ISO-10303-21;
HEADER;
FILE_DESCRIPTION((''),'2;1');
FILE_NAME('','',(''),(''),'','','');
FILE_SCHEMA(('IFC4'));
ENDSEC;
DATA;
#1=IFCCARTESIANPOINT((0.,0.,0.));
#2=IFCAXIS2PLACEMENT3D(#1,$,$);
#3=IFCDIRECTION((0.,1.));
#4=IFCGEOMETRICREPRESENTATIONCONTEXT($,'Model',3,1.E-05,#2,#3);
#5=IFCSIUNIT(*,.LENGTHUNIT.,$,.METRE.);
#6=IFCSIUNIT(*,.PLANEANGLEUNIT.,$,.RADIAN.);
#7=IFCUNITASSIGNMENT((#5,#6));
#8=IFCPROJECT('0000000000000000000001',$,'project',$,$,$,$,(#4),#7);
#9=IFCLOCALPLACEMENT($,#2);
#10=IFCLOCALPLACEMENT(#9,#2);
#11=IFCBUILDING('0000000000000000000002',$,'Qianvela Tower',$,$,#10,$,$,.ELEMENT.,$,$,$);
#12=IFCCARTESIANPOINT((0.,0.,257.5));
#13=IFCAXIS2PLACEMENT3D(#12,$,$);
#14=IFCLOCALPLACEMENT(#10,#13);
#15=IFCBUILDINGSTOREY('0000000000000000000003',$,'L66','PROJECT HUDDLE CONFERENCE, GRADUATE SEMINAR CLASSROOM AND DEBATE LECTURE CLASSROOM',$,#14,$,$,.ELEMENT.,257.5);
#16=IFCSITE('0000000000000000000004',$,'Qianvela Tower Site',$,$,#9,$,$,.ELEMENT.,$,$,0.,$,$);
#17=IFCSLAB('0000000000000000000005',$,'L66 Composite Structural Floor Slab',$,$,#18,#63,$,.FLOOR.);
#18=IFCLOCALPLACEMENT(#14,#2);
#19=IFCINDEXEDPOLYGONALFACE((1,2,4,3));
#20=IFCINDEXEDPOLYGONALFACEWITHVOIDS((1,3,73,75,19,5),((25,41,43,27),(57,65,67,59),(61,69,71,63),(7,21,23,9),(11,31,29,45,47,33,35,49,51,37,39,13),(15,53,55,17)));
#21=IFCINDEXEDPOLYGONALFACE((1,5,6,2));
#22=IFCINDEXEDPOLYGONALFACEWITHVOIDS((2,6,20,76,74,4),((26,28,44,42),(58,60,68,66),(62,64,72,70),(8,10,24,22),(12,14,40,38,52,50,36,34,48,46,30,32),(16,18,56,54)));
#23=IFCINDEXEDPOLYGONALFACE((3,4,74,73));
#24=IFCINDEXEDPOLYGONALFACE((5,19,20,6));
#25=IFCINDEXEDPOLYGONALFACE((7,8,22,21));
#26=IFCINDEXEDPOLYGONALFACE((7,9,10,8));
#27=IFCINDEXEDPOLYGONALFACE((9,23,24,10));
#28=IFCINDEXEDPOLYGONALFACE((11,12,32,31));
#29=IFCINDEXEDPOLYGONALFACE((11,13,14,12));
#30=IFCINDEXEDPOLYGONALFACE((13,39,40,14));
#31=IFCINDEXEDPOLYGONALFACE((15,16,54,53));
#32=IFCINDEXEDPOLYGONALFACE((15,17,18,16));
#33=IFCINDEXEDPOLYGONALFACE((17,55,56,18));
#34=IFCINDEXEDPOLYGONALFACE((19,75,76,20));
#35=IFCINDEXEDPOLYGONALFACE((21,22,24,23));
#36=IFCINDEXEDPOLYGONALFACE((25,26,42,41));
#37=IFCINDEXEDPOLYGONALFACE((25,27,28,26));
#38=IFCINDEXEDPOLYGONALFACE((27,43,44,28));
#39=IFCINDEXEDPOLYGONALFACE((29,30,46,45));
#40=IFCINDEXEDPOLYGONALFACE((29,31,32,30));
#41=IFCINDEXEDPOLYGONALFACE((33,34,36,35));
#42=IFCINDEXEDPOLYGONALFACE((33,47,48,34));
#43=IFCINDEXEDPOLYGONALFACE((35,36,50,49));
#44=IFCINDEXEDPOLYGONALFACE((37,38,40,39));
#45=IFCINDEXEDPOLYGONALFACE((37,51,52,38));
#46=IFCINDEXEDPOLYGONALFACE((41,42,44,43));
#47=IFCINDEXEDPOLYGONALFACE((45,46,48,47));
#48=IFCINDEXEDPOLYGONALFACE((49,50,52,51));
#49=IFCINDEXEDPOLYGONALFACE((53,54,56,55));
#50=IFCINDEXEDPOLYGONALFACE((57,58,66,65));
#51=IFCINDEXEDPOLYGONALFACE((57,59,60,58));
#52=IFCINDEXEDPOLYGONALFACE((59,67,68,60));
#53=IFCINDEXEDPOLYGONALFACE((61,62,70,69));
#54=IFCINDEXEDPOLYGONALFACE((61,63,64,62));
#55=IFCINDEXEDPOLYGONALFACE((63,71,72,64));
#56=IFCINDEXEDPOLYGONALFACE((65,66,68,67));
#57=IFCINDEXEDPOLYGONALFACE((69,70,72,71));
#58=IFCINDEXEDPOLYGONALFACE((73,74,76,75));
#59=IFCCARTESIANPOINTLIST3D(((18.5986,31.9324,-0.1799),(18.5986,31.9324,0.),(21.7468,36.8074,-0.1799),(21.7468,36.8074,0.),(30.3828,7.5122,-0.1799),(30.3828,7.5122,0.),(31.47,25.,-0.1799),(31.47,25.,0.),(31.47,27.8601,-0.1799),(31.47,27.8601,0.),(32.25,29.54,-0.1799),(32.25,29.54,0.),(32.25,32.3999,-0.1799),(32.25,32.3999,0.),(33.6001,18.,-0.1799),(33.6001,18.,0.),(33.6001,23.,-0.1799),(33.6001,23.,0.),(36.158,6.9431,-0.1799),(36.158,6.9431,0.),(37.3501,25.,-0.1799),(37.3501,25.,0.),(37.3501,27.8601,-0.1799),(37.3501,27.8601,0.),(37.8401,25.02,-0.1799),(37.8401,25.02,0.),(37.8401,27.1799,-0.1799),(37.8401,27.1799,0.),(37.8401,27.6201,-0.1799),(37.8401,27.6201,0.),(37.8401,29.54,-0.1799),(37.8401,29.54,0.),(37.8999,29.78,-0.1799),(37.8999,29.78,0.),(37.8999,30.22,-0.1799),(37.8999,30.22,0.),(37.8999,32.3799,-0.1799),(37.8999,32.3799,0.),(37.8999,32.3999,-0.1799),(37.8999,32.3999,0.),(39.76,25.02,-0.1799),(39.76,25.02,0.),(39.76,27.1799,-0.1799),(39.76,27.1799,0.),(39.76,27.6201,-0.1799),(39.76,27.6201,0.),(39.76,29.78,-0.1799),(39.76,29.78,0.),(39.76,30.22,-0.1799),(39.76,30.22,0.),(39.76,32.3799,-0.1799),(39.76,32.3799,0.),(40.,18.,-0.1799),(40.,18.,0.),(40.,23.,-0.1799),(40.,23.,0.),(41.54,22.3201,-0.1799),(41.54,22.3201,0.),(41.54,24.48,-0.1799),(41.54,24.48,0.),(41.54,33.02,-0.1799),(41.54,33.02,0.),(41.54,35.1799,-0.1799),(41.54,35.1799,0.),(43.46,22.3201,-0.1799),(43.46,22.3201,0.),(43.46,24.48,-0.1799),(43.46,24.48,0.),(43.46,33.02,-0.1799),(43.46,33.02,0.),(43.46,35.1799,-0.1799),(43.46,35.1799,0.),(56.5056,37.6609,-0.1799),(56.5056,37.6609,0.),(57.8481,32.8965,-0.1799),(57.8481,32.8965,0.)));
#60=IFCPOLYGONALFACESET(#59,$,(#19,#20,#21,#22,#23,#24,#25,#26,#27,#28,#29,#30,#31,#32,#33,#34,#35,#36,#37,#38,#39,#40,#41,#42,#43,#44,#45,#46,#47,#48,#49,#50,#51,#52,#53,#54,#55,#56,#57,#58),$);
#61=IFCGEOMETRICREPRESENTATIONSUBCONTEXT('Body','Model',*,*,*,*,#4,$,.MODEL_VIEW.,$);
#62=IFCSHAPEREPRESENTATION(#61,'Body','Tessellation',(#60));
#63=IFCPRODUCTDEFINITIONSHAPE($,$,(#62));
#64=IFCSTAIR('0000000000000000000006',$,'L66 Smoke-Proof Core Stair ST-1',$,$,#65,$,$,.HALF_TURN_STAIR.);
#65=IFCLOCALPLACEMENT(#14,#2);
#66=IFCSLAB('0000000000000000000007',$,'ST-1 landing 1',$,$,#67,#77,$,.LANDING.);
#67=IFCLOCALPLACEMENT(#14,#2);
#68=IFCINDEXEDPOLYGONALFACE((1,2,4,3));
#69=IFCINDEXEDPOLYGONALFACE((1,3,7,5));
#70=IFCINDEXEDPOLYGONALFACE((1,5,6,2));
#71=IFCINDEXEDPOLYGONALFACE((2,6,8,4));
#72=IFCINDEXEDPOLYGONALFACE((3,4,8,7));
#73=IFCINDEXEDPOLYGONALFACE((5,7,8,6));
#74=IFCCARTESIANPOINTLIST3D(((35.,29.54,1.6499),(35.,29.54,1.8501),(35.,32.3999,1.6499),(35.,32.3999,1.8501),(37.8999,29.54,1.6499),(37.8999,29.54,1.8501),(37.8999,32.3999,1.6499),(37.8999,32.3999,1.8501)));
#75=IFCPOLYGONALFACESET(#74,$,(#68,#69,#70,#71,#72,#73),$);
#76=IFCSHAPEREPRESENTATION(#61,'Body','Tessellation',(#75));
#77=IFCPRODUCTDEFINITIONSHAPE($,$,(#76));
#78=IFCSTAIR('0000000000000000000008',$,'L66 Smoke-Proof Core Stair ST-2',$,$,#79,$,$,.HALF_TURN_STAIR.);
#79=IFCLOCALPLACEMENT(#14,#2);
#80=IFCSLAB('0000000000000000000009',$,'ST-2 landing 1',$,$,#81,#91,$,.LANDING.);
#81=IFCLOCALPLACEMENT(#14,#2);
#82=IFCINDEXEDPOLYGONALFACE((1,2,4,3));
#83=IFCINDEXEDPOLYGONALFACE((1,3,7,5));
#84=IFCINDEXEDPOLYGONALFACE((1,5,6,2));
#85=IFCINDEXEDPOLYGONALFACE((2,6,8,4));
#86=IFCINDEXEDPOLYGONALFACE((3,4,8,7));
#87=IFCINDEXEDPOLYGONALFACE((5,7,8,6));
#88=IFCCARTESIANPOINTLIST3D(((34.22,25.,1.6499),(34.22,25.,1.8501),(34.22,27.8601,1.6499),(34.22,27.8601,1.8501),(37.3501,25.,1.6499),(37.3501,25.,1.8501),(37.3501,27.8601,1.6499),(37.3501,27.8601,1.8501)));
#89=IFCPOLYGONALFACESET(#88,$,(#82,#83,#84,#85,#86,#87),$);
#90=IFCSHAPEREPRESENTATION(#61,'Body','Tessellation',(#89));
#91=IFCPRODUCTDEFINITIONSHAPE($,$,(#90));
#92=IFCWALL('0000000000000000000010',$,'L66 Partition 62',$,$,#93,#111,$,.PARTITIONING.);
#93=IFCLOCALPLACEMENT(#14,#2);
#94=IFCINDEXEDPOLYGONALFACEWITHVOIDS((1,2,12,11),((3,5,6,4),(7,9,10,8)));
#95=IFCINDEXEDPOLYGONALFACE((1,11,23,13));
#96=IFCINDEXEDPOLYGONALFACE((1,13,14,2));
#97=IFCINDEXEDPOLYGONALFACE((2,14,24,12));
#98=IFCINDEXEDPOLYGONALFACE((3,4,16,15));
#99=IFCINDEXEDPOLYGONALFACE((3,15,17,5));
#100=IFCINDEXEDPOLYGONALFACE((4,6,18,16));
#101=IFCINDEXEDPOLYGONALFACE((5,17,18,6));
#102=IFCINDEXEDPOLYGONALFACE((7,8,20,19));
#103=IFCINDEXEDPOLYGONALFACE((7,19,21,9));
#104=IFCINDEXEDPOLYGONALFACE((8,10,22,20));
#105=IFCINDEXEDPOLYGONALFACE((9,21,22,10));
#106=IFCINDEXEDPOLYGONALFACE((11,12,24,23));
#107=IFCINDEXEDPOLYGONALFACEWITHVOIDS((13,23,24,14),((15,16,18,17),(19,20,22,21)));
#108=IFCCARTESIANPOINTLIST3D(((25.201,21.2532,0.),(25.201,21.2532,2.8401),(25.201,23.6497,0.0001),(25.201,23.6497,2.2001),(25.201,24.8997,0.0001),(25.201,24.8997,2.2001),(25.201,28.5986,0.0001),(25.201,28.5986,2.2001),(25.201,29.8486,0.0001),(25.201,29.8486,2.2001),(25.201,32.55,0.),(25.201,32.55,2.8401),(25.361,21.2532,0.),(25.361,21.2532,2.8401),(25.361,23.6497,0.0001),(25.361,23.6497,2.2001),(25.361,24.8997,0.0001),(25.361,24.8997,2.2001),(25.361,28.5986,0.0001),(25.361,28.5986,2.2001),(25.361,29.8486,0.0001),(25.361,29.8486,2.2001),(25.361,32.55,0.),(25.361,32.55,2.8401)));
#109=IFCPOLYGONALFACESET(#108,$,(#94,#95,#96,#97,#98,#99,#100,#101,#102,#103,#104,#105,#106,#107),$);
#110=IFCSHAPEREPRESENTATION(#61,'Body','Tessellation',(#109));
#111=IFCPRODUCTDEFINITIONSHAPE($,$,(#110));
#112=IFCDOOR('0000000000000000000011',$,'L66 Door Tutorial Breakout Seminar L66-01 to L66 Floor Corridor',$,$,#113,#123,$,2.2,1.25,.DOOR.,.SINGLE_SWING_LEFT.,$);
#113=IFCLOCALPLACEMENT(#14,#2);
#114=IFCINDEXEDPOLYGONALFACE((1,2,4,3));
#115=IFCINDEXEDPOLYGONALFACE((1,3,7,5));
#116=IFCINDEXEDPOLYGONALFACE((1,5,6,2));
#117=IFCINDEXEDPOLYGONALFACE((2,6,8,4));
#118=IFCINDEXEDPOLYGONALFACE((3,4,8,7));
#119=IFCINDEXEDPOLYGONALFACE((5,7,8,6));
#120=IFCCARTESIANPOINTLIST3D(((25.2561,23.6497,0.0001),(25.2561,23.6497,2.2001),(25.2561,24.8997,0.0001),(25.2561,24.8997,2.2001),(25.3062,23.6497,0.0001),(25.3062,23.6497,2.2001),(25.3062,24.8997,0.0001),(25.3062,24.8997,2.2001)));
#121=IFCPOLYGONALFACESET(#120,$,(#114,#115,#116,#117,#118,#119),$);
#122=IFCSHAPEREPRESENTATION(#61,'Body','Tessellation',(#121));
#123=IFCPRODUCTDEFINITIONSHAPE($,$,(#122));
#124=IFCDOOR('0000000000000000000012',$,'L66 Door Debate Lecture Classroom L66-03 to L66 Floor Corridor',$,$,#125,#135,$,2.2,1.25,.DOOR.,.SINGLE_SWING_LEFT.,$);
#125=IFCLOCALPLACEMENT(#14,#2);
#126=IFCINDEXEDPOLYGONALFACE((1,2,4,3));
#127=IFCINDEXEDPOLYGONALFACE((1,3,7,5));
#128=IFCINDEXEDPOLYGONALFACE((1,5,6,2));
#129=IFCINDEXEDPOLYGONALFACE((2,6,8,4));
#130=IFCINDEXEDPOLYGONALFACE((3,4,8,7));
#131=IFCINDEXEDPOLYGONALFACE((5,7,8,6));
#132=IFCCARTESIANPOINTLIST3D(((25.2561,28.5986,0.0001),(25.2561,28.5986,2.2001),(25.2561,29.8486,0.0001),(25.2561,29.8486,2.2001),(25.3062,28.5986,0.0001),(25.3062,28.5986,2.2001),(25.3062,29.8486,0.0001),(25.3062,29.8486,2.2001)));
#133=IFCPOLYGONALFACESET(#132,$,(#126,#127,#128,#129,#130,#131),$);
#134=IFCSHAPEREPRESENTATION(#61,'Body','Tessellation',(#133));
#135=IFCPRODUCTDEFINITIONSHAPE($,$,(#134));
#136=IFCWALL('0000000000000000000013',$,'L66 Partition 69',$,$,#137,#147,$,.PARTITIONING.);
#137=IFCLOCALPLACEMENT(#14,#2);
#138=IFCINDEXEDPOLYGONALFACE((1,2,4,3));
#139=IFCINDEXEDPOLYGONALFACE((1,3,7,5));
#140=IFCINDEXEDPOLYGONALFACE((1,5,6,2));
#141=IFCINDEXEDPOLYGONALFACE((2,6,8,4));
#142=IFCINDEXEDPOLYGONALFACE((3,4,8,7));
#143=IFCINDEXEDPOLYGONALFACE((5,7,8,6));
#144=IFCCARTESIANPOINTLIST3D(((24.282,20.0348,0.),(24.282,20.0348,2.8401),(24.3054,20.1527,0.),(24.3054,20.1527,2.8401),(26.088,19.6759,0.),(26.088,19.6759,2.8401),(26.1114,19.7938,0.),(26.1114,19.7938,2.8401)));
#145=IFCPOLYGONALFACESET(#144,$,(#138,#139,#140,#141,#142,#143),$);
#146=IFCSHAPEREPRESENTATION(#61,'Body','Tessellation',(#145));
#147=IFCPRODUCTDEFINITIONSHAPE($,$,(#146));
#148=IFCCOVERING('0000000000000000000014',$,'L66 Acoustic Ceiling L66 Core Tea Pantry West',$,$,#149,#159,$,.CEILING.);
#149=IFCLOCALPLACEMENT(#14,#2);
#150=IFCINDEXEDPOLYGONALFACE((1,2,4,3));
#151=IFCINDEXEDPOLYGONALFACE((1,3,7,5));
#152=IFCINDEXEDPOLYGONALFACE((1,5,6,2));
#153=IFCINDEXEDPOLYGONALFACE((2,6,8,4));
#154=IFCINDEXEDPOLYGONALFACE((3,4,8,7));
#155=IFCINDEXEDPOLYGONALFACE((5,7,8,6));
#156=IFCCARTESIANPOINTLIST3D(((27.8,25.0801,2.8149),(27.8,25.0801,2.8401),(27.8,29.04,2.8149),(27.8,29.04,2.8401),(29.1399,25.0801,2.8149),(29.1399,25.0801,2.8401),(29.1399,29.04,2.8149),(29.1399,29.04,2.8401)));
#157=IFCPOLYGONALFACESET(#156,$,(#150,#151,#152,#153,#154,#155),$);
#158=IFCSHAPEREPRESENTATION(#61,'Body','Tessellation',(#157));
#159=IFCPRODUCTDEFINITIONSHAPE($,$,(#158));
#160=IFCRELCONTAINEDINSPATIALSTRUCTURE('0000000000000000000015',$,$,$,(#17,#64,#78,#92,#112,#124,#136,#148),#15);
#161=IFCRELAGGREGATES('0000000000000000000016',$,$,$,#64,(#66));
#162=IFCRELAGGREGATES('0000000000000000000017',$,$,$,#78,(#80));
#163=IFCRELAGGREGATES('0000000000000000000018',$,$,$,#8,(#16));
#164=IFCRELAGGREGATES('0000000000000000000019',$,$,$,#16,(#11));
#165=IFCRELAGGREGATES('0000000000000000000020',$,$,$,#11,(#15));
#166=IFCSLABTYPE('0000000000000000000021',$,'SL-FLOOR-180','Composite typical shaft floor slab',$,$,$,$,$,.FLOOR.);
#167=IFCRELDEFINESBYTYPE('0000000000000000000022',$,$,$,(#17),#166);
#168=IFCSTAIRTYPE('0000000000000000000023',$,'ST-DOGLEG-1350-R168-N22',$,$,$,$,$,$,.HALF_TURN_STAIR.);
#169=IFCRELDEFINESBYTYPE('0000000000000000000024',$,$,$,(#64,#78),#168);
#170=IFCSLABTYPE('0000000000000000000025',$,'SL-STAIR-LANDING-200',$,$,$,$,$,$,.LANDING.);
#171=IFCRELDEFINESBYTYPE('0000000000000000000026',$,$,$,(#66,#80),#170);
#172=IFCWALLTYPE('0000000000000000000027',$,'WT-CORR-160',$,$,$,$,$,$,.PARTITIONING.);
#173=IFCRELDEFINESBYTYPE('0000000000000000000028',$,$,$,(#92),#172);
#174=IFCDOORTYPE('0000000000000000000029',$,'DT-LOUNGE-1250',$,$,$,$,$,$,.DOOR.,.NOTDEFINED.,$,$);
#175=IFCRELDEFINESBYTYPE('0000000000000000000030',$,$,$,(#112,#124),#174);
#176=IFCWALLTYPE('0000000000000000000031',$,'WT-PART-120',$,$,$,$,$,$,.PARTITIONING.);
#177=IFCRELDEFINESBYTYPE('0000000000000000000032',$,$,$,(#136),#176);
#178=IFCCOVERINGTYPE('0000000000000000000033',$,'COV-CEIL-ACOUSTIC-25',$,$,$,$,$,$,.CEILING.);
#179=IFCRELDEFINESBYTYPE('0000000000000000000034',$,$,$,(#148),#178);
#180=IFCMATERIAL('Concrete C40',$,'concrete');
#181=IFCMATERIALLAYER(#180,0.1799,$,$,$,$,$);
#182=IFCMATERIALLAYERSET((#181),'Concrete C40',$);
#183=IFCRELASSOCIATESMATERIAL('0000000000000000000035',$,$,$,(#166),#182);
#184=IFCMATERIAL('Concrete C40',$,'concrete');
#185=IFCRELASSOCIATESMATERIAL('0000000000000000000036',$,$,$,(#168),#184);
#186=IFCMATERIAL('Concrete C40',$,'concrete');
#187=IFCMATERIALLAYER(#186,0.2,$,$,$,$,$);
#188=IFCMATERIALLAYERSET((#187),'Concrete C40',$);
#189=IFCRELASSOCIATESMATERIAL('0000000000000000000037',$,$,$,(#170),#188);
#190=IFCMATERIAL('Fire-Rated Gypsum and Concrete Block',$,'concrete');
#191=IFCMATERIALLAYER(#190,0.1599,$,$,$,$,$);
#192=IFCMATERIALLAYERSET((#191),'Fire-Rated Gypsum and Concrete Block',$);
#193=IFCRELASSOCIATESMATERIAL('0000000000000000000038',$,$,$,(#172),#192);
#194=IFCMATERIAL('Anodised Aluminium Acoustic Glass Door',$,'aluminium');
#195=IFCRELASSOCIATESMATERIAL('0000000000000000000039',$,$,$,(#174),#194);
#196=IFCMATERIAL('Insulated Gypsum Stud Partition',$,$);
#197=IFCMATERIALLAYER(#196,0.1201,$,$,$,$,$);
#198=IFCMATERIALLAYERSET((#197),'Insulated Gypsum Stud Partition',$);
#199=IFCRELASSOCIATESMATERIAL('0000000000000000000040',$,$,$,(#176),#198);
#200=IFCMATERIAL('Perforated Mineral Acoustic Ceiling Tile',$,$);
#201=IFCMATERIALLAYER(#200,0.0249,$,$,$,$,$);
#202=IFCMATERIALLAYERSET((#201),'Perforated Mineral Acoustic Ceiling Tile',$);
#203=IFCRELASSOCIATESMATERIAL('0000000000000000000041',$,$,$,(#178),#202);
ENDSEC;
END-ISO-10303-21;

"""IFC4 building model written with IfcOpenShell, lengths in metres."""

from ifc_helpers import new_model, si_unit, direction, frame, frame_2d, origin, place, context, subcontext, project, spatial, polyline, rectangle, outline, extrude, material, layer, layer_set, type_object, element, fill, aggregate, save


model = new_model("IFC4")

# Units and contexts
model_context = context("Model", 3, precision=1e-05, world=origin(), true_north=direction((0.0, 1.0)))
body_context = subcontext(model_context, "Body", "Model", "MODEL_VIEW")
ifc_project = project(units=[si_unit("LENGTHUNIT", "METRE"), si_unit("PLANEANGLEUNIT", "RADIAN")], contexts=[model_context])

# Site, building, storey
site_placement = place(None, origin())
site = spatial("IfcSite", under=ifc_project, at=site_placement, Name="Qianvela Tower Site", CompositionType="ELEMENT", RefElevation=0.0)
building_placement = place(site_placement, origin())
building = spatial("IfcBuilding", under=site, at=building_placement, Name="Qianvela Tower", CompositionType="ELEMENT")
storey_placement = place(building_placement, frame((0.0, 0.0, 257.5)))
storey = spatial("IfcBuildingStorey", under=building, at=storey_placement, Name="L66", Description="PROJECT HUDDLE CONFERENCE, GRADUATE SEMINAR CLASSROOM AND DEBATE LECTURE CLASSROOM", CompositionType="ELEMENT", Elevation=257.5)

# Slab
ifc_material_1 = material(Name="Concrete C40", Category="concrete")
ifc_layer_1 = layer(ifc_material_1, 0.1799)
ifc_layer_set_1 = layer_set([ifc_layer_1], Name="Concrete C40")
slab_type_1 = type_object("IfcSlabType", Name="SL-FLOOR-180", Description="Composite typical shaft floor slab", PredefinedType="FLOOR", material=ifc_layer_set_1)
slab_1_placement = place(storey_placement, frame((0.0, 0.0, -0.1799)))
element("IfcSlab", 1, at=slab_1_placement, inside=storey, type_object=slab_type_1, Name="L66 Composite Structural Floor Slab", PredefinedType="FLOOR", context=body_context, shape_type="SweptSolid", body=[
    extrude(outline(polyline([(57.8481, 32.8965), (56.5056, 37.6609), (21.7468, 36.8074), (18.5986, 31.9324), (30.3828, 7.5122), (36.158, 6.9431), (57.8481, 32.8965)]), holes=[polyline([(40.0, 23.0), (33.6001, 23.0), (33.6001, 18.0), (40.0, 18.0), (40.0, 23.0)]), polyline([(43.46, 24.48), (41.54, 24.48), (41.54, 22.3201), (43.46, 22.3201), (43.46, 24.48)]), polyline([(39.76, 27.1799), (37.8401, 27.1799), (37.8401, 25.02), (39.76, 25.02), (39.76, 27.1799)]), polyline([(37.3501, 27.8601), (31.47, 27.8601), (31.47, 25.0), (37.3501, 25.0), (37.3501, 27.8601)]), polyline([(39.76, 27.6201), (39.76, 29.78), (37.8999, 29.78), (37.8999, 30.22), (39.76, 30.22), (39.76, 32.3799), (37.8999, 32.3799), (37.8999, 32.3999), (32.25, 32.3999), (32.25, 29.54), (37.8401, 29.54), (37.8401, 27.6201), (39.76, 27.6201)]), polyline([(43.46, 35.1799), (41.54, 35.1799), (41.54, 33.02), (43.46, 33.02), (43.46, 35.1799)])]), origin(), (0.0, 0.0, 1.0), 0.1799),
])

# Stairs, slabs
ifc_material_2 = material(Name="Concrete C40", Category="concrete")
stair_type = type_object("IfcStairType", Name="ST-DOGLEG-1350-R168-N22", PredefinedType="HALF_TURN_STAIR", material=ifc_material_2)
stair_1_placement = place(storey_placement, origin())
stair_1 = element("IfcStair", 2, at=stair_1_placement, inside=storey, type_object=stair_type, Name="L66 Smoke-Proof Core Stair ST-1", PredefinedType="HALF_TURN_STAIR")
ifc_material_3 = material(Name="Concrete C40", Category="concrete")
ifc_layer_2 = layer(ifc_material_3, 0.2)
ifc_layer_set_2 = layer_set([ifc_layer_2], Name="Concrete C40")
slab_type_2 = type_object("IfcSlabType", Name="SL-STAIR-LANDING-200", PredefinedType="LANDING", material=ifc_layer_set_2)
slab_2_placement = place(storey_placement, frame((0.0, 0.0, 1.6499)))
slab_2 = element("IfcSlab", 3, at=slab_2_placement, type_object=slab_type_2, Name="ST-1 landing 1", PredefinedType="LANDING", context=body_context, shape_type="SweptSolid", body=[
    extrude(outline(polyline([(35.0, 29.54), (37.8999, 29.54), (37.8999, 32.3999), (35.0, 32.3999), (35.0, 29.54)])), origin(), (0.0, 0.0, 1.0), 0.2002),
])
aggregate(stair_1, [slab_2])
stair_2_placement = place(storey_placement, origin())
stair_2 = element("IfcStair", 4, at=stair_2_placement, inside=storey, type_object=stair_type, Name="L66 Smoke-Proof Core Stair ST-2", PredefinedType="HALF_TURN_STAIR")
slab_3_placement = place(storey_placement, frame((0.0, 0.0, 1.6499)))
slab_3 = element("IfcSlab", 5, at=slab_3_placement, type_object=slab_type_2, Name="ST-2 landing 1", PredefinedType="LANDING", context=body_context, shape_type="SweptSolid", body=[
    extrude(outline(polyline([(34.22, 25.0), (37.3501, 25.0), (37.3501, 27.8601), (34.22, 27.8601), (34.22, 25.0)])), origin(), (0.0, 0.0, 1.0), 0.2002),
])
aggregate(stair_2, [slab_3])

# Wall, openings, doors
ifc_material_4 = material(Name="Fire-Rated Gypsum and Concrete Block", Category="concrete")
ifc_layer_3 = layer(ifc_material_4, 0.1599)
ifc_layer_set_3 = layer_set([ifc_layer_3], Name="Fire-Rated Gypsum and Concrete Block")
wall_type_1 = type_object("IfcWallType", Name="WT-CORR-160", PredefinedType="PARTITIONING", material=ifc_layer_set_3)
wall_1_placement = place(storey_placement, frame((25.281, 21.2532, 0.0), z_axis=(0.0, 0.0, 1.0), x_axis=(0.0, 1.0, 0.0)))
wall_1 = element("IfcWall", 6, at=wall_1_placement, inside=storey, type_object=wall_type_1, Name="L66 Partition 62", PredefinedType="PARTITIONING", context=body_context, shape_type="SweptSolid", body=[
    extrude(rectangle(XDim=11.2969, YDim=0.1599, at=frame_2d((5.6484, 0.0))), origin(), (0.0, 0.0, 1.0), 2.8401),
])
opening_1_placement = place(wall_1_placement, frame((2.3965, 0.0, 0.0)))
opening_1 = element("IfcOpeningElement", 7, at=opening_1_placement, cuts=wall_1, PredefinedType="OPENING", context=body_context, shape_type="SweptSolid", body=[
    extrude(rectangle(XDim=1.25, YDim=2.2, at=frame_2d((0.625, 1.1001))), frame((0.0, 0.0898, 0.0), z_axis=(0.0, -1.0, 0.0), x_axis=(1.0, 0.0, 0.0)), (0.0, 0.0, 1.0), 0.1799),
])
opening_2_placement = place(wall_1_placement, frame((7.3455, 0.0, 0.0)))
opening_2 = element("IfcOpeningElement", 8, at=opening_2_placement, cuts=wall_1, PredefinedType="OPENING", context=body_context, shape_type="SweptSolid", body=[
    extrude(rectangle(XDim=1.25, YDim=2.2, at=frame_2d((0.625, 1.1001))), frame((0.0, 0.0898, 0.0), z_axis=(0.0, -1.0, 0.0), x_axis=(1.0, 0.0, 0.0)), (0.0, 0.0, 1.0), 0.1799),
])
ifc_material_5 = material(Name="Anodised Aluminium Acoustic Glass Door", Category="aluminium")
door_type = type_object("IfcDoorType", Name="DT-LOUNGE-1250", OperationType="NOTDEFINED", PredefinedType="DOOR", material=ifc_material_5)
door_1_placement = place(opening_1_placement, origin())
door_1 = element("IfcDoor", 9, at=door_1_placement, inside=storey, type_object=door_type, Name="L66 Door Tutorial Breakout Seminar L66-01 to L66 Floor Corridor", OperationType="SINGLE_SWING_LEFT", OverallHeight=2.2, OverallWidth=1.25, PredefinedType="DOOR", context=body_context, shape_type="SweptSolid", body=[
    extrude(rectangle(XDim=1.25, YDim=2.2, at=frame_2d((0.625, 1.1001))), frame((0.0, 0.0249, 0.0), z_axis=(0.0, -1.0, 0.0), x_axis=(1.0, 0.0, 0.0)), (0.0, 0.0, 1.0), 0.05),
])
fill(opening_1, door_1)
door_2_placement = place(opening_2_placement, origin())
door_2 = element("IfcDoor", 10, at=door_2_placement, inside=storey, type_object=door_type, Name="L66 Door Debate Lecture Classroom L66-03 to L66 Floor Corridor", OperationType="SINGLE_SWING_LEFT", OverallHeight=2.2, OverallWidth=1.25, PredefinedType="DOOR", context=body_context, shape_type="SweptSolid", body=[
    extrude(rectangle(XDim=1.25, YDim=2.2, at=frame_2d((0.625, 1.1001))), frame((0.0, 0.0249, 0.0), z_axis=(0.0, -1.0, 0.0), x_axis=(1.0, 0.0, 0.0)), (0.0, 0.0, 1.0), 0.05),
])
fill(opening_2, door_2)

# Wall
ifc_material_6 = material(Name="Insulated Gypsum Stud Partition")
ifc_layer_4 = layer(ifc_material_6, 0.1201)
ifc_layer_set_4 = layer_set([ifc_layer_4], Name="Insulated Gypsum Stud Partition")
wall_type_2 = type_object("IfcWallType", Name="WT-PART-120", PredefinedType="PARTITIONING", material=ifc_layer_set_4)
wall_2_placement = place(storey_placement, frame((24.2937, 20.0938, 0.0), z_axis=(0.0, 0.0, 1.0), x_axis=(0.98082, -0.194918, 0.0)))
element("IfcWall", 11, at=wall_2_placement, inside=storey, type_object=wall_type_2, Name="L66 Partition 69", PredefinedType="PARTITIONING", context=body_context, shape_type="SweptSolid", body=[
    extrude(rectangle(XDim=1.8413, YDim=0.1201, at=frame_2d((0.9207, 0.0))), origin(), (0.0, 0.0, 1.0), 2.8401),
])

# Covering
ifc_material_7 = material(Name="Perforated Mineral Acoustic Ceiling Tile")
ifc_layer_5 = layer(ifc_material_7, 0.0249)
ifc_layer_set_5 = layer_set([ifc_layer_5], Name="Perforated Mineral Acoustic Ceiling Tile")
covering_type_1 = type_object("IfcCoveringType", Name="COV-CEIL-ACOUSTIC-25", PredefinedType="CEILING", material=ifc_layer_set_5)
covering_1_placement = place(storey_placement, frame((0.0, 0.0, 2.8149)))
element("IfcCovering", 12, at=covering_1_placement, inside=storey, type_object=covering_type_1, Name="L66 Acoustic Ceiling L66 Core Tea Pantry West", PredefinedType="CEILING", context=body_context, shape_type="SweptSolid", body=[
    extrude(outline(polyline([(27.8, 25.0801), (27.8, 29.04), (29.1399, 29.04), (29.1399, 25.0801), (27.8, 25.0801)])), origin(), (0.0, 0.0, 1.0), 0.0251),
])

save(model, "model.ifc")
